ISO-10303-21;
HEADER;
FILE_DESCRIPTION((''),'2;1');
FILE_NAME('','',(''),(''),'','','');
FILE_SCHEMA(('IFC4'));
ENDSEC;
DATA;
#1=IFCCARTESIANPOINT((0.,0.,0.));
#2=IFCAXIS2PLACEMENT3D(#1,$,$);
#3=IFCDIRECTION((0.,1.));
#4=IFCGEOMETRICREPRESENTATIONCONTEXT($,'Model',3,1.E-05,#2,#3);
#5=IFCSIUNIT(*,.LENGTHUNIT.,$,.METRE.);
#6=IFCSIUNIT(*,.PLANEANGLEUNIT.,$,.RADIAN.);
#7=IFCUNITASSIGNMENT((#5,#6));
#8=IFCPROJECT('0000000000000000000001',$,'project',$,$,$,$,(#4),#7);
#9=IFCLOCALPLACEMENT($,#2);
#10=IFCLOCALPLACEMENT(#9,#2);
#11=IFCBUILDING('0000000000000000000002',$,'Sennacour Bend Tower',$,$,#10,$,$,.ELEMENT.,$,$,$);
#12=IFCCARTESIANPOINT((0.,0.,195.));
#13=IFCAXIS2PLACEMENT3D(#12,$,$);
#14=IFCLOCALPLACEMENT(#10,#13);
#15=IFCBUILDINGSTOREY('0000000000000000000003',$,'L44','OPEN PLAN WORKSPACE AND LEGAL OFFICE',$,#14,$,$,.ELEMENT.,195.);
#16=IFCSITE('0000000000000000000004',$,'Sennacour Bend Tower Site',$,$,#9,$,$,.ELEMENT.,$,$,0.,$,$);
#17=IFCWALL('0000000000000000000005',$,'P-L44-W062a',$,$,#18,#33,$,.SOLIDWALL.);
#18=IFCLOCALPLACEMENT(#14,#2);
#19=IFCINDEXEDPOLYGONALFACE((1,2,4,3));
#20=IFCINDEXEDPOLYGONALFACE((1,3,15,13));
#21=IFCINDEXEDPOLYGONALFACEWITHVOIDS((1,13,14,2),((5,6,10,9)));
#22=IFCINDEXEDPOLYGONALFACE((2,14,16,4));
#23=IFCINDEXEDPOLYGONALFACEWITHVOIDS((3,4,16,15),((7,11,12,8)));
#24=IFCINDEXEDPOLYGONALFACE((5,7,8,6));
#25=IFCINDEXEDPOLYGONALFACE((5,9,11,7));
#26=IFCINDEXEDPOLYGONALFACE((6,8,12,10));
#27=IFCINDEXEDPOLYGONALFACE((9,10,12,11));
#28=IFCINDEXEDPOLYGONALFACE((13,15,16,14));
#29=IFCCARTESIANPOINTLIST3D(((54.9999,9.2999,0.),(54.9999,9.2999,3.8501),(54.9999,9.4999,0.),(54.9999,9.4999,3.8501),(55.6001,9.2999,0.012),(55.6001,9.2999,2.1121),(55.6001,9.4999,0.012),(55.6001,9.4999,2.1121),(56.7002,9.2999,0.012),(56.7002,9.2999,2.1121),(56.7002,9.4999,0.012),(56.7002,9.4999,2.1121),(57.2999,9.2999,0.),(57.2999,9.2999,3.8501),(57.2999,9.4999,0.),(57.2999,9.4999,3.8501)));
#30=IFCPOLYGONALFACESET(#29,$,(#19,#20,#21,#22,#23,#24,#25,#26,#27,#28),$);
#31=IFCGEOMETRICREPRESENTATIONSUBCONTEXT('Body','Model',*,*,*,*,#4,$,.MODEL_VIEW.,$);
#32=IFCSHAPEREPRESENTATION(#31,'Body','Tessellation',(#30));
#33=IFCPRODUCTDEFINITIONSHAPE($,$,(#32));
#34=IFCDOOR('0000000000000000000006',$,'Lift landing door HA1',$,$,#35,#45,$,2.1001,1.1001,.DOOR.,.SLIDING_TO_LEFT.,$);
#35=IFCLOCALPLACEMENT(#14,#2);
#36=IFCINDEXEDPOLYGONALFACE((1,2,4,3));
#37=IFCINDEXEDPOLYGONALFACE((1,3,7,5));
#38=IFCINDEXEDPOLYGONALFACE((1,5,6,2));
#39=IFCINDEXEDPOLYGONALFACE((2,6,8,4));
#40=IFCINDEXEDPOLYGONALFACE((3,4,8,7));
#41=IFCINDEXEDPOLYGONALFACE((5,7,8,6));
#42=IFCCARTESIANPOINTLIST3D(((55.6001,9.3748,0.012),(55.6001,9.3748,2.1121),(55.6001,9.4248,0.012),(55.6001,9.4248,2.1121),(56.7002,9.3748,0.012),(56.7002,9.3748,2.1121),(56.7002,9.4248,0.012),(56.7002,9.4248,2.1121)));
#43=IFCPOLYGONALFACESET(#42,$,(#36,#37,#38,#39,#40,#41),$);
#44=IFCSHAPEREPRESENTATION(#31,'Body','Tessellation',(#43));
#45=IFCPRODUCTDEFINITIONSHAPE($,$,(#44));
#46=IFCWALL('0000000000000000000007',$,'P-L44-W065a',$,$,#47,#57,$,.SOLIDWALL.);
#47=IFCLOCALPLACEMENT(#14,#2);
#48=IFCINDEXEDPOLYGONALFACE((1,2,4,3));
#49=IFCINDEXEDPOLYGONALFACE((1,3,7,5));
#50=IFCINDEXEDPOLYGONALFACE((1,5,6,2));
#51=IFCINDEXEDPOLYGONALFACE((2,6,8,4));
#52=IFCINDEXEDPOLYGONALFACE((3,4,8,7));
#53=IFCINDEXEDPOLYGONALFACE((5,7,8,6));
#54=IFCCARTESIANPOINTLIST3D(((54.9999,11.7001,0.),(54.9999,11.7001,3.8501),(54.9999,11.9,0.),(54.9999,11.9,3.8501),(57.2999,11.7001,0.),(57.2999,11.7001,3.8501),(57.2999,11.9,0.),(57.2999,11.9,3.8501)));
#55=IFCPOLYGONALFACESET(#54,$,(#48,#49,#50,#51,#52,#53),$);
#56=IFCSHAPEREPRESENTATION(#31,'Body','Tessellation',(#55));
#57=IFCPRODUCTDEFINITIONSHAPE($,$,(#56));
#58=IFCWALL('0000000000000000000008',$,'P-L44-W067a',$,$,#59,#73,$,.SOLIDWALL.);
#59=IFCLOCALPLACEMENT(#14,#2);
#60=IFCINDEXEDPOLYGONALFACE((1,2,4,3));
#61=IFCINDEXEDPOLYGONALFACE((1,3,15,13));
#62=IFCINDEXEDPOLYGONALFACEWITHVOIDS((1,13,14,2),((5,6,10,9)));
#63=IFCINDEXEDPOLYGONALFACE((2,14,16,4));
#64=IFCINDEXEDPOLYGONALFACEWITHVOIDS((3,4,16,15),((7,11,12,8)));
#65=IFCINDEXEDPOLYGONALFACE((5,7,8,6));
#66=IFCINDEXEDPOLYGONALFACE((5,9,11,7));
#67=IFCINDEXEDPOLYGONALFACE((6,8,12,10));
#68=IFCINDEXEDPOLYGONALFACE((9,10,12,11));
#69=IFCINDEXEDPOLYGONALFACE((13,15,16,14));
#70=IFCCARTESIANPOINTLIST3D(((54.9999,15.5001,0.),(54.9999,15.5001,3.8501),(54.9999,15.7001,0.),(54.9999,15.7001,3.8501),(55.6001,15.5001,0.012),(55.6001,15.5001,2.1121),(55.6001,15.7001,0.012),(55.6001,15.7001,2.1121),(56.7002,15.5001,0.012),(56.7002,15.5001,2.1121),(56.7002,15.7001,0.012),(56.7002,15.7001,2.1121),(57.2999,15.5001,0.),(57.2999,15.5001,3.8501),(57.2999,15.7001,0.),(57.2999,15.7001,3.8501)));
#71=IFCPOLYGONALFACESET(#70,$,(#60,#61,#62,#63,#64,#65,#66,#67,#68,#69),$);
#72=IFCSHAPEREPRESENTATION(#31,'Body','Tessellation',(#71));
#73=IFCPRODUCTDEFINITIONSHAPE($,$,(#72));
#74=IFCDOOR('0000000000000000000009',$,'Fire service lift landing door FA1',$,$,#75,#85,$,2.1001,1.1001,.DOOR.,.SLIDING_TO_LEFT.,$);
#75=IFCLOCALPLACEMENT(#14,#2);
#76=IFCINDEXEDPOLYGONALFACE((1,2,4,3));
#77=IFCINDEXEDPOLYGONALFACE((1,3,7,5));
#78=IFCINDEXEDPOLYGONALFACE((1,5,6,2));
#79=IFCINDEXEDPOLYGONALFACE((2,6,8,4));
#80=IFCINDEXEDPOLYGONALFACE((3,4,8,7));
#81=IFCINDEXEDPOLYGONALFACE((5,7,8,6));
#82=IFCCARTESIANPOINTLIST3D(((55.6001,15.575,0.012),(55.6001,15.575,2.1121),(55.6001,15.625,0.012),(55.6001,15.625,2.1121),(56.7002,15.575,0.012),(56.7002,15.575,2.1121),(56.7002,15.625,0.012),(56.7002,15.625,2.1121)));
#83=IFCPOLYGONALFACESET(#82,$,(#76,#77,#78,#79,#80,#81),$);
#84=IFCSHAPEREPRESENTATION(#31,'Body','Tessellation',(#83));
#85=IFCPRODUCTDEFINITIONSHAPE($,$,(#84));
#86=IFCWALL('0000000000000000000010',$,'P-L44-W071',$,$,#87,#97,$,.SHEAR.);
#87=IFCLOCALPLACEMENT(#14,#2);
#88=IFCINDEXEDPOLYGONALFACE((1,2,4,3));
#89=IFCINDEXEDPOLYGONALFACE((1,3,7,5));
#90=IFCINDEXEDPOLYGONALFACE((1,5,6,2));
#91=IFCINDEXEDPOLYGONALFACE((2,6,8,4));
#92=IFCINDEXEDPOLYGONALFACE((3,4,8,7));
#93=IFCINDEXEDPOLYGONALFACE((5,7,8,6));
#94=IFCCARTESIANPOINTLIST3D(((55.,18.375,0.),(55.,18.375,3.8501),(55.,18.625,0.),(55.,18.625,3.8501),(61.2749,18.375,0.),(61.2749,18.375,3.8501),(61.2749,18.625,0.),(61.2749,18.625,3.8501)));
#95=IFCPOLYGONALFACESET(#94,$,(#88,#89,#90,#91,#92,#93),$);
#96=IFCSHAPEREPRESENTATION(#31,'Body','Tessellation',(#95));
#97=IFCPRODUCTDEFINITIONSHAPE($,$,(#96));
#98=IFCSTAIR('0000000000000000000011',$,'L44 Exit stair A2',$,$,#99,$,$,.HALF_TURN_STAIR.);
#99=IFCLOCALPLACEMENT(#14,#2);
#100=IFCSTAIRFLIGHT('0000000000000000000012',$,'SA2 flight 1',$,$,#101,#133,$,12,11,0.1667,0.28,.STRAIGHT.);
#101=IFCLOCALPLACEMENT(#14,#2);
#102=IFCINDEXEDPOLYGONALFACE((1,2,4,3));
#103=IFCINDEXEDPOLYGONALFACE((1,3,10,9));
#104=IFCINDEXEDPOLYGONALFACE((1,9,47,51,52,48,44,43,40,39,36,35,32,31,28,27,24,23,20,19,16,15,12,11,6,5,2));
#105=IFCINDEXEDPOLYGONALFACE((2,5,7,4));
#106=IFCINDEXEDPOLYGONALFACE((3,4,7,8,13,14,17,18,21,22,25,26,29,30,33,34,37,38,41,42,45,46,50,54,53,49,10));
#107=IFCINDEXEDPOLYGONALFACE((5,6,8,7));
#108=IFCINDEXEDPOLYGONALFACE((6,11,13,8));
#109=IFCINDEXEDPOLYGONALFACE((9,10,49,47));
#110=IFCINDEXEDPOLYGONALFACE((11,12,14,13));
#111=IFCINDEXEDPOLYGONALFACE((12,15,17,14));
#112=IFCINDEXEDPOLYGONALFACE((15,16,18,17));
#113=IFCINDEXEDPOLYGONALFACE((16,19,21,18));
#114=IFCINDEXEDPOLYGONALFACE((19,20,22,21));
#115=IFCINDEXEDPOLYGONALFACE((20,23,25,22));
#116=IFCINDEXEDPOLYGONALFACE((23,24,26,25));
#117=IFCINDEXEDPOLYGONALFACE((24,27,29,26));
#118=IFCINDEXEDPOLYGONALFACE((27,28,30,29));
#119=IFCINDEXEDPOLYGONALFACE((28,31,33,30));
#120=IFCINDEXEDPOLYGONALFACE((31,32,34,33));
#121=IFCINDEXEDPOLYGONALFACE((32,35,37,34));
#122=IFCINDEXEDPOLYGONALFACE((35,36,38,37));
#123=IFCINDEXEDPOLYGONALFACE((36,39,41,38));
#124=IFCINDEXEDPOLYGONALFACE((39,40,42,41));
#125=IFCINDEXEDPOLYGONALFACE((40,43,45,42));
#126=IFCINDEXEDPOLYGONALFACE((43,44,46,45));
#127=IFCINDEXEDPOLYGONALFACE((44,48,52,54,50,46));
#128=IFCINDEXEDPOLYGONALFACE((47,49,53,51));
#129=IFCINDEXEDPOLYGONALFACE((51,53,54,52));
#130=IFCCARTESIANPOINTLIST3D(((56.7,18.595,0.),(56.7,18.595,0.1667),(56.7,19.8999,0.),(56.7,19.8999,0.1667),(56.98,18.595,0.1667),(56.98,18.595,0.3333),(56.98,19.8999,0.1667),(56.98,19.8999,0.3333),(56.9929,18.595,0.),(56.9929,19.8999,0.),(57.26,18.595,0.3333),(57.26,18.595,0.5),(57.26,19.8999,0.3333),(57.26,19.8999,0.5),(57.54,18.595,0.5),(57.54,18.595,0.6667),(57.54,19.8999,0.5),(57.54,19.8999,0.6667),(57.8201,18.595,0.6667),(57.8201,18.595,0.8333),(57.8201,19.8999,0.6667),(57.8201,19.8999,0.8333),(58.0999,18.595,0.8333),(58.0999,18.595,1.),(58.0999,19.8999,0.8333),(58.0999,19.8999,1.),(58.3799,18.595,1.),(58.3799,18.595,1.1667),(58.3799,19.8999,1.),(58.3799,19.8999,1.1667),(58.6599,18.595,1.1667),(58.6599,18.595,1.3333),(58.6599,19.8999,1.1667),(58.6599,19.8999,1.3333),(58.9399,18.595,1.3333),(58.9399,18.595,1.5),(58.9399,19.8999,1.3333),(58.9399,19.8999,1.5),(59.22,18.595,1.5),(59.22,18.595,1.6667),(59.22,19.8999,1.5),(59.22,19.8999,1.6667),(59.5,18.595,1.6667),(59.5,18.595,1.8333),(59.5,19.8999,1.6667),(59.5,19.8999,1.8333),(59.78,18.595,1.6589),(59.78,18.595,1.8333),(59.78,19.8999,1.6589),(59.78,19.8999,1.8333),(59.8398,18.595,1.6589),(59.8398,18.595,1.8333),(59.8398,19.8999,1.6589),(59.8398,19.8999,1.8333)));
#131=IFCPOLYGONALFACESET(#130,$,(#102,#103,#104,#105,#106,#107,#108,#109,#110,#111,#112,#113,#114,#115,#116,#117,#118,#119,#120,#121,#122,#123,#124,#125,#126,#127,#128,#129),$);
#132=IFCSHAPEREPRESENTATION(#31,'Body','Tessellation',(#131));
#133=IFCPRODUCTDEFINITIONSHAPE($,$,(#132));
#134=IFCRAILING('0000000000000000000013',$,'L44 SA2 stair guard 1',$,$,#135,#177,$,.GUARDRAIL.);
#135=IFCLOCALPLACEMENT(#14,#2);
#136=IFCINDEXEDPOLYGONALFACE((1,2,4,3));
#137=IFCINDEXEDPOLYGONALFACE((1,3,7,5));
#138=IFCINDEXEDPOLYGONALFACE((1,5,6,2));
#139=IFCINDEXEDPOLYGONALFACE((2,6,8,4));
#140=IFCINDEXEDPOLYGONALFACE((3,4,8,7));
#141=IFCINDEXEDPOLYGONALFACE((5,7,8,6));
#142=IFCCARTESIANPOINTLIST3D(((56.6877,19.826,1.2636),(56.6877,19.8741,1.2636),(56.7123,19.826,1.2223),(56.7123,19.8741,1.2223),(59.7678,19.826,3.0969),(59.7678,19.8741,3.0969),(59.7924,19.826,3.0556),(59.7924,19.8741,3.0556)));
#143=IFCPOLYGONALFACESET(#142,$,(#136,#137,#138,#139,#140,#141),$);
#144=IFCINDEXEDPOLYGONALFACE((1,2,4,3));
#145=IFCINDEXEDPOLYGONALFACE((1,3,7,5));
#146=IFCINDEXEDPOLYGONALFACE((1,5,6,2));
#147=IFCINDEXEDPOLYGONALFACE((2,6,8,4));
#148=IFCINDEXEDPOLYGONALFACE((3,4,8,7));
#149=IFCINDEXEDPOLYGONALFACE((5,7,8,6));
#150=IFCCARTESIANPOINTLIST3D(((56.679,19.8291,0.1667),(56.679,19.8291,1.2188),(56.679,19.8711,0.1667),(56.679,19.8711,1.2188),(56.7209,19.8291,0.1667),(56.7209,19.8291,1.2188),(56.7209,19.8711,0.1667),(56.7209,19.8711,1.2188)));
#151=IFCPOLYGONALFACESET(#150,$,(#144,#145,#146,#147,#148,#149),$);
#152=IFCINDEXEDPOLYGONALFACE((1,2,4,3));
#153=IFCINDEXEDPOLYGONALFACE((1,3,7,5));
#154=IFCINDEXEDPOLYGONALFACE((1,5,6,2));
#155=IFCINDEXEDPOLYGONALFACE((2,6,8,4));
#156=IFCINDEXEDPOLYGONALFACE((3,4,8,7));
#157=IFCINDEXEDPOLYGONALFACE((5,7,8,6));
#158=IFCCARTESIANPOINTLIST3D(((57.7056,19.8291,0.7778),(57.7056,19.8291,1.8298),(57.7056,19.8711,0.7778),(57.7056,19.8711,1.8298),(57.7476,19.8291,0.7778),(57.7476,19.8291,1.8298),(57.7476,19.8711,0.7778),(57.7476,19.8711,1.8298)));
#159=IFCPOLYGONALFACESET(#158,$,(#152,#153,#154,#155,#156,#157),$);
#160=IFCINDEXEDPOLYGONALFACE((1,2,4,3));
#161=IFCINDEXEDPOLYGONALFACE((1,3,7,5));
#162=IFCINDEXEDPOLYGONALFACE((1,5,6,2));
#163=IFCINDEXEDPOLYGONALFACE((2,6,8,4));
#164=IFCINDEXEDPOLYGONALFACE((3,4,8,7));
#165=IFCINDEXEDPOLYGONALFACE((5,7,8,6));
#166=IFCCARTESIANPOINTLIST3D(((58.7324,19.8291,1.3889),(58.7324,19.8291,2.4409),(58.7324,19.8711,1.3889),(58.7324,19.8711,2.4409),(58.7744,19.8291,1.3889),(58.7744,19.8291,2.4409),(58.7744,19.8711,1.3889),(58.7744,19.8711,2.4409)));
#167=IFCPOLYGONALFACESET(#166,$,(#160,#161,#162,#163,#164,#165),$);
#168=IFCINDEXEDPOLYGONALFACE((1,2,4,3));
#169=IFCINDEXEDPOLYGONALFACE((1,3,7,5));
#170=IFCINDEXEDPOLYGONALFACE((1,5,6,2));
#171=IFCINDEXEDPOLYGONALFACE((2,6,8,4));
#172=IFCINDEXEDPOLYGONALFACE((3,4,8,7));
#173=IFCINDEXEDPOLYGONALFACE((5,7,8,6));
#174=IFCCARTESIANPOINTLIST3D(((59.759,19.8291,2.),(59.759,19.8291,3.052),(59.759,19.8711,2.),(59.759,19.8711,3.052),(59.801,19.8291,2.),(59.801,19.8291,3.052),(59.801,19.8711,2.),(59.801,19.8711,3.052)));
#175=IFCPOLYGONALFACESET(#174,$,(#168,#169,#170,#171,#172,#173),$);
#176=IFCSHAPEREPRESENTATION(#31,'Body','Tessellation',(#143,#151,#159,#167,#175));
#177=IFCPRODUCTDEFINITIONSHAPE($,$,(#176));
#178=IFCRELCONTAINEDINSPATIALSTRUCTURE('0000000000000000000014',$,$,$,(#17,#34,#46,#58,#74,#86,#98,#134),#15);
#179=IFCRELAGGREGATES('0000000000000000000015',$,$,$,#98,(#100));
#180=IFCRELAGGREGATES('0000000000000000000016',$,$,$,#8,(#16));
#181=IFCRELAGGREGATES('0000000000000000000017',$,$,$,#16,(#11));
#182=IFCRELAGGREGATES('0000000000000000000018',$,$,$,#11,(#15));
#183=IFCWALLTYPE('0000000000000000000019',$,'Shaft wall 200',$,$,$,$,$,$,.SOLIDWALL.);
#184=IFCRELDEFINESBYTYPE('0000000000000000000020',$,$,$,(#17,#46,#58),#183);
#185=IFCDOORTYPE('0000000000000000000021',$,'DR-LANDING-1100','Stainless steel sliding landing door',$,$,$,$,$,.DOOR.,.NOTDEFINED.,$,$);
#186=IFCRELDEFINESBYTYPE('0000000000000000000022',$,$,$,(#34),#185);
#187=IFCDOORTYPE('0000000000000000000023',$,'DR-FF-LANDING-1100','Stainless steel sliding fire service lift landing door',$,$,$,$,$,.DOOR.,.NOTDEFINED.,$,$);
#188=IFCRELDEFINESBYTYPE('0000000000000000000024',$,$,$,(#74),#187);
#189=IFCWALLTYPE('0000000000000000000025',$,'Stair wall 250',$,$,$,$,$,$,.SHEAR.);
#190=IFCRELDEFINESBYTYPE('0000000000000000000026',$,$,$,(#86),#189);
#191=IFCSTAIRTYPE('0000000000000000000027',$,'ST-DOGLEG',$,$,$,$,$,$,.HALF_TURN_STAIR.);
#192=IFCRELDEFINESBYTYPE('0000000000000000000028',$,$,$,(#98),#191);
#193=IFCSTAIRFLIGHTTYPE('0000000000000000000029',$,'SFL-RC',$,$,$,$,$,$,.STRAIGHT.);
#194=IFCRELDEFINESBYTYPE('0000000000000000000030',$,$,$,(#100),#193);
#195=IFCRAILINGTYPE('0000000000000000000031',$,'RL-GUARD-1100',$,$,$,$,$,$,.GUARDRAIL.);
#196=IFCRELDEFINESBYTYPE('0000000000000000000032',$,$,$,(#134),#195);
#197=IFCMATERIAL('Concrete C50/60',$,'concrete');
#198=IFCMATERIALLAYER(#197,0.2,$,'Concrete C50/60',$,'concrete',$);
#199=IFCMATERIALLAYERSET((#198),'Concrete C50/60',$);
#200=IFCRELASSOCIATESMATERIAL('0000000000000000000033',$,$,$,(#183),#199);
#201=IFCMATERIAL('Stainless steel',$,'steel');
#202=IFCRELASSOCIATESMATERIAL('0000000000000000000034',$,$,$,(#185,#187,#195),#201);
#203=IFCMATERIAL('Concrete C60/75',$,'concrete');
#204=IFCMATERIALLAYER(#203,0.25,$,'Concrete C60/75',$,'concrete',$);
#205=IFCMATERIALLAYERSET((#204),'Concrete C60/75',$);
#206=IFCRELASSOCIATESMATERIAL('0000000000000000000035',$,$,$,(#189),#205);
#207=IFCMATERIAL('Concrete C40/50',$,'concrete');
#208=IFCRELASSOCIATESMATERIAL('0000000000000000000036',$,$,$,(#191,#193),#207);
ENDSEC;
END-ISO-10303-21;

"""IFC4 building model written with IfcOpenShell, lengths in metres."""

from ifc_helpers import new_model, si_unit, direction, frame, frame_2d, origin, origin_2d, place, context, subcontext, project, spatial, polyline, rectangle, outline, extrude, material, layer, layer_set, type_object, element, fill, aggregate, save


model = new_model("IFC4")

# Units and contexts
model_context = context("Model", 3, precision=1e-05, world=origin(), true_north=direction((0.0, 1.0)))
body_context = subcontext(model_context, "Body", "Model", "MODEL_VIEW")
ifc_project = project(units=[si_unit("LENGTHUNIT", "METRE"), si_unit("PLANEANGLEUNIT", "RADIAN")], contexts=[model_context])

# Site, building, storey
site_placement = place(None, origin())
site = spatial("IfcSite", under=ifc_project, at=site_placement, Name="Sennacour Bend Tower Site", CompositionType="ELEMENT", RefElevation=0.0)
building_placement = place(site_placement, origin())
building = spatial("IfcBuilding", under=site, at=building_placement, Name="Sennacour Bend Tower", CompositionType="ELEMENT")
storey_placement = place(building_placement, frame((0.0, 0.0, 195.0)))
storey = spatial("IfcBuildingStorey", under=building, at=storey_placement, Name="L44", Description="OPEN PLAN WORKSPACE AND LEGAL OFFICE", CompositionType="ELEMENT", Elevation=195.0)

# Shared definitions
ifc_material_1 = material(Name="Concrete C60/75", Category="concrete")

# Wall, opening, door
ifc_material_2 = material(Name="Concrete C50/60", Category="concrete")
ifc_layer_1 = layer(ifc_material_2, 0.2, Name="Concrete C50/60", Category="concrete")
ifc_layer_set_1 = layer_set([ifc_layer_1], Name="Concrete C50/60")
wall_type_1 = type_object("IfcWallType", Name="Shaft wall 200", PredefinedType="SOLIDWALL", material=ifc_layer_set_1)
wall_1_placement = place(storey_placement, frame((55.0, 9.3999, 0.0), z_axis=(0.0, 0.0, 1.0), x_axis=(1.0, 0.0, 0.0)))
wall_1 = element("IfcWall", 1, at=wall_1_placement, inside=storey, type_object=wall_type_1, Name="P-L44-W062a", PredefinedType="SOLIDWALL", context=body_context, shape_type="SweptSolid", body=[
    extrude(rectangle(XDim=2.3, YDim=0.2, at=frame_2d((1.1499, 0.0))), origin(), (0.0, 0.0, 1.0), 3.8501),
])
opening_1_placement = place(wall_1_placement, frame((0.6001, 0.0, 0.012)))
opening_1 = element("IfcOpeningElement", 2, at=opening_1_placement, cuts=wall_1, PredefinedType="OPENING", context=body_context, shape_type="SweptSolid", body=[
    extrude(rectangle(XDim=1.1001, YDim=2.1001, at=frame_2d((0.55, 1.05))), frame((0.0, 0.1099, 0.0), z_axis=(0.0, -1.0, 0.0), x_axis=(1.0, 0.0, 0.0)), (0.0, 0.0, 1.0), 0.22),
])
ifc_material_3 = material(Name="Stainless steel", Category="steel")
door_type_1 = type_object("IfcDoorType", Name="DR-LANDING-1100", Description="Stainless steel sliding landing door", OperationType="NOTDEFINED", PredefinedType="DOOR", material=ifc_material_3)
door_1_placement = place(opening_1_placement, origin())
door_1 = element("IfcDoor", 3, at=door_1_placement, inside=storey, type_object=door_type_1, Name="Lift landing door HA1", OperationType="SLIDING_TO_LEFT", OverallHeight=2.1001, OverallWidth=1.1001, PredefinedType="DOOR", context=body_context, shape_type="SweptSolid", body=[
    extrude(rectangle(XDim=1.1001, YDim=2.1001, at=frame_2d((0.55, 1.05))), frame((0.0, 0.0249, 0.0), z_axis=(0.0, -1.0, 0.0), x_axis=(1.0, 0.0, 0.0)), (0.0, 0.0, 1.0), 0.05),
])
fill(opening_1, door_1)

# Wall
wall_2_placement = place(storey_placement, frame((55.0, 11.8, 0.0), z_axis=(0.0, 0.0, 1.0), x_axis=(1.0, 0.0, 0.0)))
element("IfcWall", 4, at=wall_2_placement, inside=storey, type_object=wall_type_1, Name="P-L44-W065a", PredefinedType="SOLIDWALL", context=body_context, shape_type="SweptSolid", body=[
    extrude(rectangle(XDim=2.3, YDim=0.2, at=frame_2d((1.1499, 0.0))), origin(), (0.0, 0.0, 1.0), 3.8501),
])

# Wall, opening, door
wall_3_placement = place(storey_placement, frame((55.0, 15.6001, 0.0), z_axis=(0.0, 0.0, 1.0), x_axis=(1.0, 0.0, 0.0)))
wall_3 = element("IfcWall", 5, at=wall_3_placement, inside=storey, type_object=wall_type_1, Name="P-L44-W067a", PredefinedType="SOLIDWALL", context=body_context, shape_type="SweptSolid", body=[
    extrude(rectangle(XDim=2.3, YDim=0.2, at=frame_2d((1.1499, 0.0))), origin(), (0.0, 0.0, 1.0), 3.8501),
])
opening_2_placement = place(wall_3_placement, frame((0.6001, 0.0, 0.012)))
opening_2 = element("IfcOpeningElement", 6, at=opening_2_placement, cuts=wall_3, PredefinedType="OPENING", context=body_context, shape_type="SweptSolid", body=[
    extrude(rectangle(XDim=1.1001, YDim=2.1001, at=frame_2d((0.55, 1.05))), frame((0.0, 0.1099, 0.0), z_axis=(0.0, -1.0, 0.0), x_axis=(1.0, 0.0, 0.0)), (0.0, 0.0, 1.0), 0.22),
])
door_type_2 = type_object("IfcDoorType", Name="DR-FF-LANDING-1100", Description="Stainless steel sliding fire service lift landing door", OperationType="NOTDEFINED", PredefinedType="DOOR", material=ifc_material_3)
door_2_placement = place(opening_2_placement, origin())
door_2 = element("IfcDoor", 7, at=door_2_placement, inside=storey, type_object=door_type_2, Name="Fire service lift landing door FA1", OperationType="SLIDING_TO_LEFT", OverallHeight=2.1001, OverallWidth=1.1001, PredefinedType="DOOR", context=body_context, shape_type="SweptSolid", body=[
    extrude(rectangle(XDim=1.1001, YDim=2.1001, at=frame_2d((0.55, 1.05))), frame((0.0, 0.0249, 0.0), z_axis=(0.0, -1.0, 0.0), x_axis=(1.0, 0.0, 0.0)), (0.0, 0.0, 1.0), 0.05),
])
fill(opening_2, door_2)

# Wall
ifc_layer_2 = layer(ifc_material_1, 0.25, Name="Concrete C60/75", Category="concrete")
ifc_layer_set_2 = layer_set([ifc_layer_2], Name="Concrete C60/75")
wall_type_2 = type_object("IfcWallType", Name="Stair wall 250", PredefinedType="SHEAR", material=ifc_layer_set_2)
wall_4_placement = place(storey_placement, frame((55.0, 18.5, 0.0), z_axis=(0.0, 0.0, 1.0), x_axis=(1.0, 0.0, 0.0)))
element("IfcWall", 8, at=wall_4_placement, inside=storey, type_object=wall_type_2, Name="P-L44-W071", PredefinedType="SHEAR", context=body_context, shape_type="SweptSolid", body=[
    extrude(rectangle(XDim=6.2749, YDim=0.25, at=frame_2d((3.1375, 0.0))), origin(), (0.0, 0.0, 1.0), 3.8501),
])

# Stair, stair flight
ifc_material_4 = material(Name="Concrete C40/50", Category="concrete")
stair_type = type_object("IfcStairType", Name="ST-DOGLEG", PredefinedType="HALF_TURN_STAIR", material=ifc_material_4)
stair_placement = place(storey_placement, origin())
stair = element("IfcStair", 9, at=stair_placement, inside=storey, type_object=stair_type, Name="L44 Exit stair A2", PredefinedType="HALF_TURN_STAIR")
stair_flight_type = type_object("IfcStairFlightType", Name="SFL-RC", PredefinedType="STRAIGHT", material=ifc_material_4)
stair_flight_placement = place(storey_placement, frame((56.7, 19.2476, 0.0), z_axis=(0.0, 0.0, 1.0), x_axis=(1.0, 0.0, 0.0)))
stair_flight = element("IfcStairFlight", 10, at=stair_flight_placement, type_object=stair_flight_type, Name="SA2 flight 1", NumberOfRisers=12, NumberOfTreads=11, PredefinedType="STRAIGHT", RiserHeight=0.1667, TreadLength=0.28, context=body_context, shape_type="SweptSolid", body=[
    extrude(outline(polyline([(0.0, 0.0), (0.0, 0.1667), (0.28, 0.1667), (0.28, 0.3333), (0.5601, 0.3333), (0.5601, 0.5), (0.8401, 0.5), (0.8401, 0.6667), (1.1201, 0.6667), (1.1201, 0.8333), (1.3999, 0.8333), (1.3999, 1.0), (1.6799, 1.0), (1.6799, 1.1667), (1.96, 1.1667), (1.96, 1.3333), (2.24, 1.3333), (2.24, 1.5), (2.52, 1.5), (2.52, 1.6667), (2.8, 1.6667), (2.8, 1.8333), (3.0801, 1.8333), (3.1399, 1.8333), (3.1399, 1.6589), (3.0801, 1.6589), (0.293, 0.0), (0.0, 0.0)])), frame((0.0, 0.6523, 0.0), z_axis=(0.0, -1.0, 0.0), x_axis=(1.0, 0.0, 0.0)), (0.0, 0.0, 1.0), 1.3049),
])
aggregate(stair, [stair_flight])

# Railing
railing_type_1 = type_object("IfcRailingType", Name="RL-GUARD-1100", PredefinedType="GUARDRAIL", material=ifc_material_3)
railing_1_placement = place(storey_placement, frame((56.7, 19.8501, 0.1667)))
element("IfcRailing", 11, at=railing_1_placement, inside=storey, type_object=railing_type_1, Name="L44 SA2 stair guard 1", PredefinedType="GUARDRAIL", context=body_context, shape_type="SweptSolid", body=[
    extrude(rectangle(XDim=0.0481, YDim=0.0481, at=origin_2d()), frame((0.0, 0.0, 1.0762), z_axis=(0.859309, 0.0, 0.511458), x_axis=(0.0, 1.0, 0.0)), (0.0, 0.0, 1.0), 3.5845),
    extrude(rectangle(XDim=0.042, YDim=0.042, at=origin_2d()), origin(), (0.0, 0.0, 1.0), 1.052),
    extrude(rectangle(XDim=0.042, YDim=0.042, at=origin_2d()), frame((1.0266, 0.0, 0.6111)), (0.0, 0.0, 1.0), 1.052),
    extrude(rectangle(XDim=0.042, YDim=0.042, at=origin_2d()), frame((2.0535, 0.0, 1.2222)), (0.0, 0.0, 1.0), 1.052),
    extrude(rectangle(XDim=0.042, YDim=0.042, at=origin_2d()), frame((3.0801, 0.0, 1.8333)), (0.0, 0.0, 1.0), 1.052),
])

save(model, "model.ifc")
